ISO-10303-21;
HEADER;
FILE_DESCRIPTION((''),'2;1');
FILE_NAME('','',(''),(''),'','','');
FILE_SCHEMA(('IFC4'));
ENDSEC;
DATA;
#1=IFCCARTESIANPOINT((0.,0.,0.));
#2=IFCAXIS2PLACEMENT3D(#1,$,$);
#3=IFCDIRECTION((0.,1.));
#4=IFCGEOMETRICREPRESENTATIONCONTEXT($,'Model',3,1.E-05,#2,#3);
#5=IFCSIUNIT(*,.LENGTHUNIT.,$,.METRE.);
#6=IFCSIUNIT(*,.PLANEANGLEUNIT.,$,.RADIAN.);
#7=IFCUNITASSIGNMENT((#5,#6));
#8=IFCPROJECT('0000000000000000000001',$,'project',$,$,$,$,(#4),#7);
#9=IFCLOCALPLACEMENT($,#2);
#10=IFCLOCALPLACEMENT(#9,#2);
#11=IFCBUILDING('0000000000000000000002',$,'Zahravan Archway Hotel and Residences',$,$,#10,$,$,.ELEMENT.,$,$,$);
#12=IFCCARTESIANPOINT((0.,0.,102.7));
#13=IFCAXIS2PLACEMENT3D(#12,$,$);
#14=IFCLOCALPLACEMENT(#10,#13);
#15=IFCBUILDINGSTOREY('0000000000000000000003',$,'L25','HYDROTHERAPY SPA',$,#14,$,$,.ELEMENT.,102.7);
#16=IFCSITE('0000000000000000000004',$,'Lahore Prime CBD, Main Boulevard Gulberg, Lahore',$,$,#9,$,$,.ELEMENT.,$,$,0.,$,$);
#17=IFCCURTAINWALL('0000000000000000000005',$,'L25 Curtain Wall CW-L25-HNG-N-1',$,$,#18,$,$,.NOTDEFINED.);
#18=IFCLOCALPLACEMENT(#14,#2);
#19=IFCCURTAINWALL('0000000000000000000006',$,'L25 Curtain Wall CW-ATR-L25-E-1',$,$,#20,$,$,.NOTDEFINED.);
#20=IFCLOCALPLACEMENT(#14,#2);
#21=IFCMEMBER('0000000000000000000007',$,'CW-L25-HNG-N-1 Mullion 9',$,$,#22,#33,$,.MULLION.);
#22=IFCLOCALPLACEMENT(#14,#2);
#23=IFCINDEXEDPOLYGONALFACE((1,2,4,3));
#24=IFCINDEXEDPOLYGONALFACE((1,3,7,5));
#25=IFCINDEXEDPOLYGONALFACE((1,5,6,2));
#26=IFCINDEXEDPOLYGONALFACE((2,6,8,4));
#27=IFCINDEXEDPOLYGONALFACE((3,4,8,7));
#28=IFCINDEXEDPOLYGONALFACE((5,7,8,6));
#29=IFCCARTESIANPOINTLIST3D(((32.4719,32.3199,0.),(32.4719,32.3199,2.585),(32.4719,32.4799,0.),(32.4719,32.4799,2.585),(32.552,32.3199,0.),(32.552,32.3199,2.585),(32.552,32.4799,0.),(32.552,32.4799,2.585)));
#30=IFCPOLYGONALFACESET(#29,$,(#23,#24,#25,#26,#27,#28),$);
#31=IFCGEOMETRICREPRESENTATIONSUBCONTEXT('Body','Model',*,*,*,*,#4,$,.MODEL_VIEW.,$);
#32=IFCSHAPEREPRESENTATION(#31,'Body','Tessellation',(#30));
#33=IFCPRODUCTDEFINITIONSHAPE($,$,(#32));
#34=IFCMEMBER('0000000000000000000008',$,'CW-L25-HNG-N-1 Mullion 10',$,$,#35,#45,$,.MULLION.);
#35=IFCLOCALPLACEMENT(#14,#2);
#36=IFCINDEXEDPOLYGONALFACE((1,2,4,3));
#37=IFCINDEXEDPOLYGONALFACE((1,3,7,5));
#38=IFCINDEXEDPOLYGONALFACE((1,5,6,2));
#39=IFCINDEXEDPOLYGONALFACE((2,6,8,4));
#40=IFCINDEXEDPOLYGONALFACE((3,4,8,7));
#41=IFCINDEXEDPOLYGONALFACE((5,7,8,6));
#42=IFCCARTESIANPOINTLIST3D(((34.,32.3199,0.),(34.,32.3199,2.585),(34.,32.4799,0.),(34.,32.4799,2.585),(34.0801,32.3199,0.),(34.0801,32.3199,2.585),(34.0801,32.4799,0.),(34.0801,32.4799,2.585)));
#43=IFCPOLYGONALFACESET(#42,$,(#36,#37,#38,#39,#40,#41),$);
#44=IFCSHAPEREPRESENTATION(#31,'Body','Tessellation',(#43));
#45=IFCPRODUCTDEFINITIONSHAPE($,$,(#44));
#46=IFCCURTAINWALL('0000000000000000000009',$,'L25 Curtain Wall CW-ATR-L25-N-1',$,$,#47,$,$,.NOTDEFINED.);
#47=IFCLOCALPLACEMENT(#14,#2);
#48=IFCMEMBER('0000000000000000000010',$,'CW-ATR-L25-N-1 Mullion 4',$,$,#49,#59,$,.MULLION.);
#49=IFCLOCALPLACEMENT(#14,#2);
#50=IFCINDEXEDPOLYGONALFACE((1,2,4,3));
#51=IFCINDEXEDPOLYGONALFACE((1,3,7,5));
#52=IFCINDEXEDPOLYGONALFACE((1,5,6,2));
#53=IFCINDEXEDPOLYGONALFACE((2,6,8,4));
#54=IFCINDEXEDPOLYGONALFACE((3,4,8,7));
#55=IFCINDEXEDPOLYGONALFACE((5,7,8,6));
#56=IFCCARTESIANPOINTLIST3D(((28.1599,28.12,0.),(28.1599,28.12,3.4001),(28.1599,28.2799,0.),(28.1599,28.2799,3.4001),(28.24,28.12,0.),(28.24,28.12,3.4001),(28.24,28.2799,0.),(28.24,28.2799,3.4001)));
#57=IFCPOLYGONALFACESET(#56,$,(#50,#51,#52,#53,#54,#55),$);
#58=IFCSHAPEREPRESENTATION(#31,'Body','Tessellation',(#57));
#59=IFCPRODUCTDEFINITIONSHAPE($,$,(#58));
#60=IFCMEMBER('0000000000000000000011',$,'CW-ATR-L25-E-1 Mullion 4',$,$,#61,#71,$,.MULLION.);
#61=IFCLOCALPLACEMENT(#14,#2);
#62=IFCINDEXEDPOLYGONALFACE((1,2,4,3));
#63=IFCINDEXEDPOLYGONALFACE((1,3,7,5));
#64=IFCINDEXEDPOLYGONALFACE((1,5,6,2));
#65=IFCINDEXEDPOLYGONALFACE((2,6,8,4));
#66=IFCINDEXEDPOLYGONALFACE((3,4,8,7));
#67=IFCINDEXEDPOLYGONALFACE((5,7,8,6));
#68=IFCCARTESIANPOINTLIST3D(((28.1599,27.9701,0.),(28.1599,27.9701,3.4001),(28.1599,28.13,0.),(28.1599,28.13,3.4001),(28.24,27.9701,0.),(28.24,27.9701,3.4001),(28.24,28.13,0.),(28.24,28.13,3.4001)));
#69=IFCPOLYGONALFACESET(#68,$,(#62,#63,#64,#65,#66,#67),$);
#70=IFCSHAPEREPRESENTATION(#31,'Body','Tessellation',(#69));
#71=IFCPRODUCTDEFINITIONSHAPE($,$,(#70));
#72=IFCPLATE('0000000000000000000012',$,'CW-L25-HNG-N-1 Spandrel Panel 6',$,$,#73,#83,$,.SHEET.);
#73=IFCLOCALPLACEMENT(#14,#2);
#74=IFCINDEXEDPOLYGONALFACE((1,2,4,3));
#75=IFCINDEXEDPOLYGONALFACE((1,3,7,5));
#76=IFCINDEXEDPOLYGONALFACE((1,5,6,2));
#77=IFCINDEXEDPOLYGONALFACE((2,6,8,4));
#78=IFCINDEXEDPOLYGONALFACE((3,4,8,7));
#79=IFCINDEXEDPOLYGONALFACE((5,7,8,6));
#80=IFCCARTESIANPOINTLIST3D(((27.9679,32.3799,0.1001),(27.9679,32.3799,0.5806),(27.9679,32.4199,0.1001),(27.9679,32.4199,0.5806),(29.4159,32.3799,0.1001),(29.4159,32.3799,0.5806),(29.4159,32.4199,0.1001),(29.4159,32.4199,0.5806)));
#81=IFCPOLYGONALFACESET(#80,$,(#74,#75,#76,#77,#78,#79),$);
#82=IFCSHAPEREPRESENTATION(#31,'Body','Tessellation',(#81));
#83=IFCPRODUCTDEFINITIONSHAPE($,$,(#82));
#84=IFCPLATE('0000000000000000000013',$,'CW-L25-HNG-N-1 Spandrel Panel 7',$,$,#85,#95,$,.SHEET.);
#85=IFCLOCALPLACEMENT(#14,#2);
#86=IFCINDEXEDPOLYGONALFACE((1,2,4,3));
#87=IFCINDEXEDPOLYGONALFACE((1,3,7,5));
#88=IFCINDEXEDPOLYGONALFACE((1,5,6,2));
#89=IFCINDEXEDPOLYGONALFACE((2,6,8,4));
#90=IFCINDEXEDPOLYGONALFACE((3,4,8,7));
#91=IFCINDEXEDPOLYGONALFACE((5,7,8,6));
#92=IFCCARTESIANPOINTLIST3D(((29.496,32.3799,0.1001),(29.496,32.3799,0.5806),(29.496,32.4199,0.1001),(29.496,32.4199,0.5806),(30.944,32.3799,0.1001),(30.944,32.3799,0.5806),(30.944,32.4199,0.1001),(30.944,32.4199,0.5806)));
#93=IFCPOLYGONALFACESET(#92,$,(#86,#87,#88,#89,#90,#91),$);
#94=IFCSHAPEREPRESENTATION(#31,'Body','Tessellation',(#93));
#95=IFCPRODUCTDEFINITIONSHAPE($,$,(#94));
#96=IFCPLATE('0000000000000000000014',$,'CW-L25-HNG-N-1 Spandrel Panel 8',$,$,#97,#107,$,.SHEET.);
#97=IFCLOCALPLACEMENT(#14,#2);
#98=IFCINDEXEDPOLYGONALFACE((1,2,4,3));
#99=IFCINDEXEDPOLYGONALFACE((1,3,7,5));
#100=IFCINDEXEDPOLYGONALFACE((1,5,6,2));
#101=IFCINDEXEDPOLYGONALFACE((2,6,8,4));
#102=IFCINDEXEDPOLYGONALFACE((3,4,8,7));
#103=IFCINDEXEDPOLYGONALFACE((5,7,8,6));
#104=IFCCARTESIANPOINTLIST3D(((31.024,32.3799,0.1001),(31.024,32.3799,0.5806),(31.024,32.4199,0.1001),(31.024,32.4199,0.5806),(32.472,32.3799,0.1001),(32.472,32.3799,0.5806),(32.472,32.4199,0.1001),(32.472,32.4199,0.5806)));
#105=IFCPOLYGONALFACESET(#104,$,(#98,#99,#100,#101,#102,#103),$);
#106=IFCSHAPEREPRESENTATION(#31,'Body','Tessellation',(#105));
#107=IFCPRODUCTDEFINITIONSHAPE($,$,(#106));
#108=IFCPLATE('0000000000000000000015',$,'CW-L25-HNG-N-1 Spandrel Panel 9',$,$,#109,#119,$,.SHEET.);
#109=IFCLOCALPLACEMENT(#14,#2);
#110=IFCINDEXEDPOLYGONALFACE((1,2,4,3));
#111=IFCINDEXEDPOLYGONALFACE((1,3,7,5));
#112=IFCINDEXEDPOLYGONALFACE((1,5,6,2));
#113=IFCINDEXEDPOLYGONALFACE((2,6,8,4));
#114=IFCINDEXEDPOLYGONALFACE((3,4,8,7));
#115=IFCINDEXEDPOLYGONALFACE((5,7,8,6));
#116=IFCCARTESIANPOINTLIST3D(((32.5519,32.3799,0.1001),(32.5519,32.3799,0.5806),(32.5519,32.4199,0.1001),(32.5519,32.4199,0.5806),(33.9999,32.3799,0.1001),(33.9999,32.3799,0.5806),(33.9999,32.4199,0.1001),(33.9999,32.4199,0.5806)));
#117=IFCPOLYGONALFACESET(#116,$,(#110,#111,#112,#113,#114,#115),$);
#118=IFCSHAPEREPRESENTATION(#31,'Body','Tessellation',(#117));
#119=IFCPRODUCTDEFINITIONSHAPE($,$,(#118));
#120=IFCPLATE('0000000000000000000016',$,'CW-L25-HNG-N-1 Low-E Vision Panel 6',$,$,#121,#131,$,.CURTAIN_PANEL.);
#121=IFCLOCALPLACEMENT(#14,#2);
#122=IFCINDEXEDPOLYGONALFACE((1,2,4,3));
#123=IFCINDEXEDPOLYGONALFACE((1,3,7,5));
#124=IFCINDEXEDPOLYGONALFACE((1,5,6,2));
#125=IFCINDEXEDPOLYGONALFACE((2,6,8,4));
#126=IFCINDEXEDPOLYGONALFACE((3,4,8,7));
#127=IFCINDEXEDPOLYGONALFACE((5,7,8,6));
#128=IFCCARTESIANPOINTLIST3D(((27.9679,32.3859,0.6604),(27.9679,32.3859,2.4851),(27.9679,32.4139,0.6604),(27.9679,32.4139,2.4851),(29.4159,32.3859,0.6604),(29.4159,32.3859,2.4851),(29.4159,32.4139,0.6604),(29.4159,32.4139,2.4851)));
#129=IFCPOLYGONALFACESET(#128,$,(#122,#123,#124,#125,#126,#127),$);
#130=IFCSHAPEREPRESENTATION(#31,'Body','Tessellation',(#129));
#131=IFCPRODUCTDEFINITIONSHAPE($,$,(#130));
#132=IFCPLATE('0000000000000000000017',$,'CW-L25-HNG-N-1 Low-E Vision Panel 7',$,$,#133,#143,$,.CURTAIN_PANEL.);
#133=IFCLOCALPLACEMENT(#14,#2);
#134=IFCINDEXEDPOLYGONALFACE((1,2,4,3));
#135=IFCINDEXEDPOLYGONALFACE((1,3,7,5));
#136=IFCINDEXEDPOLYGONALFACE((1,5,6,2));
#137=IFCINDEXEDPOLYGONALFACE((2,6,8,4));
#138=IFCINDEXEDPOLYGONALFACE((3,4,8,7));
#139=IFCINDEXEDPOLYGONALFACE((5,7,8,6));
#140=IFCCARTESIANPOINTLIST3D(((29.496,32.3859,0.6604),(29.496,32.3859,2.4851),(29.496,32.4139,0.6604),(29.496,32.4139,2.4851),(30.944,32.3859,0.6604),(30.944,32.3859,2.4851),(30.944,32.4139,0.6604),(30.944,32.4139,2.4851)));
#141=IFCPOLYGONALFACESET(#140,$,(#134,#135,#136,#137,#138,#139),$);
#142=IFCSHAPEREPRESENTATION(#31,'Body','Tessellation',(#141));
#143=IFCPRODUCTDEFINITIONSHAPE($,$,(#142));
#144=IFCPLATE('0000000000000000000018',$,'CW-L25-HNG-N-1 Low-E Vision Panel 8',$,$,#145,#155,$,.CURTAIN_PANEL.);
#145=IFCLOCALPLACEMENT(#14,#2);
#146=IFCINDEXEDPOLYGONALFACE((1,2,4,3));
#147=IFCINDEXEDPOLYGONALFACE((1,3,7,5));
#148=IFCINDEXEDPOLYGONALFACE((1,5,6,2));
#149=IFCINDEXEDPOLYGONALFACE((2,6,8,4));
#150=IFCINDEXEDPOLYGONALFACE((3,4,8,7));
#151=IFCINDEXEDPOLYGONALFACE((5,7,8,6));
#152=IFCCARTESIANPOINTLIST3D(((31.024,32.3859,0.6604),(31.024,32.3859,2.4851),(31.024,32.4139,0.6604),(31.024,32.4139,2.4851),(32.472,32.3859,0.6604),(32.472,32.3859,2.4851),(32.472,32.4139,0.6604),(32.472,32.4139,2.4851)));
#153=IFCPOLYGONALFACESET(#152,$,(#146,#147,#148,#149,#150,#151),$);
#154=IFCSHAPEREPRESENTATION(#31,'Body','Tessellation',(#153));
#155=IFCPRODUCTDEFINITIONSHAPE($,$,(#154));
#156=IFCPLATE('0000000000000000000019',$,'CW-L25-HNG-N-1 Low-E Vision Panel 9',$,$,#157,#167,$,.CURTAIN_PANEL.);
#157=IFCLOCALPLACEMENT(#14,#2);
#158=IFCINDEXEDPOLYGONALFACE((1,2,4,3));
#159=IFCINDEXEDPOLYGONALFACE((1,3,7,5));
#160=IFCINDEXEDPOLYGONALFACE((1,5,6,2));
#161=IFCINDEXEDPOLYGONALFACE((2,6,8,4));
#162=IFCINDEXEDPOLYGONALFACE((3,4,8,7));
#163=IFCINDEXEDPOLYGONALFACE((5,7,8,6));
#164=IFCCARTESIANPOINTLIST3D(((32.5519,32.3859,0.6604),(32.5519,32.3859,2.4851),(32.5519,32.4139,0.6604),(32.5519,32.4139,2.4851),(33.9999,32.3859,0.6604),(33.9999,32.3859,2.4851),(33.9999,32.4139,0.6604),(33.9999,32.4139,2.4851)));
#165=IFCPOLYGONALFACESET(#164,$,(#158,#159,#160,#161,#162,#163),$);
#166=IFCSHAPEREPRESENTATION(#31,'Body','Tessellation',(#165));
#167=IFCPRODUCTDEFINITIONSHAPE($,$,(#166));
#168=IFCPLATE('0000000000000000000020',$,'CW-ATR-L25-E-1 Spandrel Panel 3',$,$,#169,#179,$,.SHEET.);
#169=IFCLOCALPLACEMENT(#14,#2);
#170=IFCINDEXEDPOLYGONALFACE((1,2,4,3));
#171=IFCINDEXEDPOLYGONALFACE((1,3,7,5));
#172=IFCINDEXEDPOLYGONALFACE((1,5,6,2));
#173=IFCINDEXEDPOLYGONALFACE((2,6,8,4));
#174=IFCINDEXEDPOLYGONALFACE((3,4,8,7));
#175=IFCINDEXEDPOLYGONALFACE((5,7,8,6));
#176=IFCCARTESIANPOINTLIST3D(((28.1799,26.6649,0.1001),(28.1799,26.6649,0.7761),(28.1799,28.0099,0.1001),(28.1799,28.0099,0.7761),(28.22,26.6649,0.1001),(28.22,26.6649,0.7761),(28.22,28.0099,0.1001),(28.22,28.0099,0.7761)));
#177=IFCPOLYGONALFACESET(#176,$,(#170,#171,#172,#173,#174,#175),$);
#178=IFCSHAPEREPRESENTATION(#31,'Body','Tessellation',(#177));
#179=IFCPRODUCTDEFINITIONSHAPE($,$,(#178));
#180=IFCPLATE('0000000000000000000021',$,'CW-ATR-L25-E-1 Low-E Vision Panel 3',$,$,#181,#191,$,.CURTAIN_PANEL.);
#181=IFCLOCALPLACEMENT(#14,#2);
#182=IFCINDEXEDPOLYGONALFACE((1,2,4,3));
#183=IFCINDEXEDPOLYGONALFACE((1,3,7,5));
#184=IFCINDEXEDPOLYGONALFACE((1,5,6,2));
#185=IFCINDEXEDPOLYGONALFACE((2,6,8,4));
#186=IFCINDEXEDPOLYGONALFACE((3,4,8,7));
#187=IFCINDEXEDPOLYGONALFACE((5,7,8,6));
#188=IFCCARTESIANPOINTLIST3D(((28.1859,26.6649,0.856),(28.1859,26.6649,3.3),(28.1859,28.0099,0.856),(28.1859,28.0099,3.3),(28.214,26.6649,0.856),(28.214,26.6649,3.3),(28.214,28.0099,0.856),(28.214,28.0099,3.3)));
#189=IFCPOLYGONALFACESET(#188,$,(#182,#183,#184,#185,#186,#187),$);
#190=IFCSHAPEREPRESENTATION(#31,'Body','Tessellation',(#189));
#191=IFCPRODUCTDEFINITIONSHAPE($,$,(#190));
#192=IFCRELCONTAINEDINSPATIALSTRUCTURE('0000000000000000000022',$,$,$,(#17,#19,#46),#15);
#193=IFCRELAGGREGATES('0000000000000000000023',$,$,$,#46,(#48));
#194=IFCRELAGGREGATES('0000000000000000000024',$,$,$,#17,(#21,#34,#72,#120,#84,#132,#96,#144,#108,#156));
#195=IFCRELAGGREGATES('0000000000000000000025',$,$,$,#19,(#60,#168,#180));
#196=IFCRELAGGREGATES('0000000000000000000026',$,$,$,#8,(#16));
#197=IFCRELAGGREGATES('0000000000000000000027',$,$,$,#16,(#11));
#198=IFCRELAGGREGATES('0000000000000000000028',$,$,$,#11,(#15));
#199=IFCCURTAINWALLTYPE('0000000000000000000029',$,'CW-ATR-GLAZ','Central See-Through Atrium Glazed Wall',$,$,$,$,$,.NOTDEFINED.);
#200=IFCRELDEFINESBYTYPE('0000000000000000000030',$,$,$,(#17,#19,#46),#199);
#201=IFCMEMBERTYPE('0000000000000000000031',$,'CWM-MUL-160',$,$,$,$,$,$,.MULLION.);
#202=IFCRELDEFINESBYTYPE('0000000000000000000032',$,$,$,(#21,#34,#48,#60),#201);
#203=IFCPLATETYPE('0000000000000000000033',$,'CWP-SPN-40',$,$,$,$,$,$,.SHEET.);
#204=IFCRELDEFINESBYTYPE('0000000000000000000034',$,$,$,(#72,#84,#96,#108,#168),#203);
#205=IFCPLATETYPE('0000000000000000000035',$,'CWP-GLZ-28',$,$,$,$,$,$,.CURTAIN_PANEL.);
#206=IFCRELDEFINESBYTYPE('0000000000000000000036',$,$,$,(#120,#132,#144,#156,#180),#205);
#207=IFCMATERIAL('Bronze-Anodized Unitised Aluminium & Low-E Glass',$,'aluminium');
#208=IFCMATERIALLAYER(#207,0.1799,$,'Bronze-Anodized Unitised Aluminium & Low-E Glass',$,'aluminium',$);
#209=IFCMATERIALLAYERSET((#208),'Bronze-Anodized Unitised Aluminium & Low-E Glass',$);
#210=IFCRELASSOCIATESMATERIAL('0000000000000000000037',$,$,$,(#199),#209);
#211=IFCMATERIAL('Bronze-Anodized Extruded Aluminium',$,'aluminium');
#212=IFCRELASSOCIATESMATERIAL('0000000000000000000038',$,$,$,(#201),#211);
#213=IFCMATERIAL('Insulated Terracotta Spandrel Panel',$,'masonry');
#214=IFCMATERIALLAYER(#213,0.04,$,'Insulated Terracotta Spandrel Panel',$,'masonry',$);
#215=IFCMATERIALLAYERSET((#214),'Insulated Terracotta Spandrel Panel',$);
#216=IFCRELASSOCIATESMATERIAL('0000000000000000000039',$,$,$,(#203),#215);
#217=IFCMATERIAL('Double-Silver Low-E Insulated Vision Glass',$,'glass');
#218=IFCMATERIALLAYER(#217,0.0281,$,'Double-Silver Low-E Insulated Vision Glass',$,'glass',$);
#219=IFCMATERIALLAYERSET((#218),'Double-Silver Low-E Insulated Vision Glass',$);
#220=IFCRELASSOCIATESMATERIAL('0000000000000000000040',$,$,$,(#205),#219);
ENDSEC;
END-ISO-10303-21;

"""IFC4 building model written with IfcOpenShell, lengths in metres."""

from ifc_helpers import new_model, si_unit, direction, frame, origin, origin_2d, place, context, subcontext, project, spatial, rectangle, extrude, source, transform, mapped, material, layer, layer_set, material_profile, profile_set, type_object, element, aggregate, save


model = new_model("IFC4")

# Units and contexts
model_context = context("Model", 3, precision=1e-05, world=origin(), true_north=direction((0.0, 1.0)))
body_context = subcontext(model_context, "Body", "Model", "MODEL_VIEW")
ifc_project = project(units=[si_unit("LENGTHUNIT", "METRE"), si_unit("PLANEANGLEUNIT", "RADIAN")], contexts=[model_context])

# Site, building, storey
site_placement = place(None, origin())
site = spatial("IfcSite", under=ifc_project, at=site_placement, Name="Lahore Prime CBD, Main Boulevard Gulberg, Lahore", CompositionType="ELEMENT", RefElevation=0.0)
building_placement = place(site_placement, origin())
building = spatial("IfcBuilding", under=site, at=building_placement, Name="Zahravan Archway Hotel and Residences", CompositionType="ELEMENT")
storey_placement = place(building_placement, frame((0.0, 0.0, 102.7)))
storey = spatial("IfcBuildingStorey", under=building, at=storey_placement, Name="L25", Description="HYDROTHERAPY SPA", CompositionType="ELEMENT", Elevation=102.7)

# Curtain walls
ifc_material_1 = material(Name="Bronze-Anodized Unitised Aluminium & Low-E Glass", Category="aluminium")
ifc_layer_1 = layer(ifc_material_1, 0.1799, Name="Bronze-Anodized Unitised Aluminium & Low-E Glass", Category="aluminium")
ifc_layer_set_1 = layer_set([ifc_layer_1], Name="Bronze-Anodized Unitised Aluminium & Low-E Glass")
curtain_wall_type = type_object("IfcCurtainWallType", Name="CW-ATR-GLAZ", Description="Central See-Through Atrium Glazed Wall", PredefinedType="NOTDEFINED", material=ifc_layer_set_1)
curtain_wall_1_placement = place(storey_placement, origin())
curtain_wall_1 = element("IfcCurtainWall", 1, at=curtain_wall_1_placement, inside=storey, type_object=curtain_wall_type, Name="L25 Curtain Wall CW-L25-HNG-N-1", PredefinedType="NOTDEFINED")
ifc_material_2 = material(Name="Bronze-Anodized Extruded Aluminium", Category="aluminium")
curtain_wall_2_placement = place(storey_placement, origin())
curtain_wall_2 = element("IfcCurtainWall", 2, at=curtain_wall_2_placement, inside=storey, type_object=curtain_wall_type, Name="L25 Curtain Wall CW-ATR-L25-E-1", PredefinedType="NOTDEFINED")

# Members
ifc_material_profile_1 = material_profile(ifc_material_2, rectangle(XDim=0.0801, YDim=0.1599, at=origin_2d()), Name="MUL 80x160", Category="aluminium")
ifc_profile_set_1 = profile_set([ifc_material_profile_1], Name="Bronze-Anodized Extruded Aluminium")
member_type_1 = type_object("IfcMemberType", Name="CWM-MUL-160", PredefinedType="MULLION", material=ifc_profile_set_1)
shared_shape_1 = source(origin(), body_context, "Body", "SweptSolid", [
    extrude(rectangle(XDim=0.0801, YDim=0.1599, at=origin_2d()), origin(), (0.0, 0.0, 1.0), 2.585),
])
member_1_placement = place(storey_placement, frame((32.512, 32.3999, 0.0), z_axis=(0.0, 0.0, 1.0), x_axis=(1.0, 0.0, 0.0)))
member_1 = element("IfcMember", 3, at=member_1_placement, type_object=member_type_1, Name="CW-L25-HNG-N-1 Mullion 9", PredefinedType="MULLION", context=body_context, shape_type="MappedRepresentation", body=[
    mapped(shared_shape_1, transform((0.0, 0.0, 0.0), scale=1.0)),
])
member_2_placement = place(storey_placement, frame((34.04, 32.3999, 0.0), z_axis=(0.0, 0.0, 1.0), x_axis=(1.0, 0.0, 0.0)))
member_2 = element("IfcMember", 4, at=member_2_placement, type_object=member_type_1, Name="CW-L25-HNG-N-1 Mullion 10", PredefinedType="MULLION", context=body_context, shape_type="MappedRepresentation", body=[
    mapped(shared_shape_1, transform((0.0, 0.0, 0.0), scale=1.0)),
])

# Curtain wall, member
curtain_wall_3_placement = place(storey_placement, origin())
curtain_wall_3 = element("IfcCurtainWall", 5, at=curtain_wall_3_placement, inside=storey, type_object=curtain_wall_type, Name="L25 Curtain Wall CW-ATR-L25-N-1", PredefinedType="NOTDEFINED")
shared_shape_2 = source(origin(), body_context, "Body", "SweptSolid", [
    extrude(rectangle(XDim=0.0801, YDim=0.1599, at=origin_2d()), origin(), (0.0, 0.0, 1.0), 3.4001),
])
member_3_placement = place(storey_placement, frame((28.2, 28.2, 0.0), z_axis=(0.0, 0.0, 1.0), x_axis=(1.0, 0.0, 0.0)))
member_3 = element("IfcMember", 6, at=member_3_placement, type_object=member_type_1, Name="CW-ATR-L25-N-1 Mullion 4", PredefinedType="MULLION", context=body_context, shape_type="MappedRepresentation", body=[
    mapped(shared_shape_2, transform((0.0, 0.0, 0.0), scale=1.0)),
])
aggregate(curtain_wall_3, [member_3])

# Member
member_4_placement = place(storey_placement, frame((28.2, 28.05, 0.0), z_axis=(0.0, 0.0, 1.0), x_axis=(1.0, 0.0, 0.0)))
member_4 = element("IfcMember", 7, at=member_4_placement, type_object=member_type_1, Name="CW-ATR-L25-E-1 Mullion 4", PredefinedType="MULLION", context=body_context, shape_type="MappedRepresentation", body=[
    mapped(shared_shape_2, transform((0.0, 0.0, 0.0), scale=1.0)),
])

# Plates
ifc_material_3 = material(Name="Insulated Terracotta Spandrel Panel", Category="masonry")
ifc_layer_2 = layer(ifc_material_3, 0.04, Name="Insulated Terracotta Spandrel Panel", Category="masonry")
ifc_layer_set_2 = layer_set([ifc_layer_2], Name="Insulated Terracotta Spandrel Panel")
plate_type_1 = type_object("IfcPlateType", Name="CWP-SPN-40", PredefinedType="SHEET", material=ifc_layer_set_2)
shared_shape_3 = source(origin(), body_context, "Body", "SweptSolid", [
    extrude(rectangle(XDim=1.448, YDim=0.04, at=origin_2d()), origin(), (0.0, 0.0, 1.0), 0.4805),
])
plate_1_placement = place(storey_placement, frame((28.6919, 32.3999, 0.1001), z_axis=(0.0, 0.0, 1.0), x_axis=(1.0, 0.0, 0.0)))
plate_1 = element("IfcPlate", 8, at=plate_1_placement, type_object=plate_type_1, Name="CW-L25-HNG-N-1 Spandrel Panel 6", PredefinedType="SHEET", context=body_context, shape_type="MappedRepresentation", body=[
    mapped(shared_shape_3, transform((0.0, 0.0, 0.0), scale=1.0)),
])
plate_2_placement = place(storey_placement, frame((30.22, 32.3999, 0.1001), z_axis=(0.0, 0.0, 1.0), x_axis=(1.0, 0.0, 0.0)))
plate_2 = element("IfcPlate", 9, at=plate_2_placement, type_object=plate_type_1, Name="CW-L25-HNG-N-1 Spandrel Panel 7", PredefinedType="SHEET", context=body_context, shape_type="MappedRepresentation", body=[
    mapped(shared_shape_3, transform((0.0, 0.0, 0.0), scale=1.0)),
])
plate_3_placement = place(storey_placement, frame((31.748, 32.3999, 0.1001), z_axis=(0.0, 0.0, 1.0), x_axis=(1.0, 0.0, 0.0)))
plate_3 = element("IfcPlate", 10, at=plate_3_placement, type_object=plate_type_1, Name="CW-L25-HNG-N-1 Spandrel Panel 8", PredefinedType="SHEET", context=body_context, shape_type="MappedRepresentation", body=[
    mapped(shared_shape_3, transform((0.0, 0.0, 0.0), scale=1.0)),
])
plate_4_placement = place(storey_placement, frame((33.2759, 32.3999, 0.1001), z_axis=(0.0, 0.0, 1.0), x_axis=(1.0, 0.0, 0.0)))
plate_4 = element("IfcPlate", 11, at=plate_4_placement, type_object=plate_type_1, Name="CW-L25-HNG-N-1 Spandrel Panel 9", PredefinedType="SHEET", context=body_context, shape_type="MappedRepresentation", body=[
    mapped(shared_shape_3, transform((0.0, 0.0, 0.0), scale=1.0)),
])
ifc_material_4 = material(Name="Double-Silver Low-E Insulated Vision Glass", Category="glass")
ifc_layer_3 = layer(ifc_material_4, 0.0281, Name="Double-Silver Low-E Insulated Vision Glass", Category="glass")
ifc_layer_set_3 = layer_set([ifc_layer_3], Name="Double-Silver Low-E Insulated Vision Glass")
plate_type_2 = type_object("IfcPlateType", Name="CWP-GLZ-28", PredefinedType="CURTAIN_PANEL", material=ifc_layer_set_3)
shared_shape_4 = source(origin(), body_context, "Body", "SweptSolid", [
    extrude(rectangle(XDim=1.448, YDim=0.0281, at=origin_2d()), origin(), (0.0, 0.0, 1.0), 1.8247),
])
plate_5_placement = place(storey_placement, frame((28.6919, 32.3999, 0.6604), z_axis=(0.0, 0.0, 1.0), x_axis=(1.0, 0.0, 0.0)))
plate_5 = element("IfcPlate", 12, at=plate_5_placement, type_object=plate_type_2, Name="CW-L25-HNG-N-1 Low-E Vision Panel 6", PredefinedType="CURTAIN_PANEL", context=body_context, shape_type="MappedRepresentation", body=[
    mapped(shared_shape_4, transform((0.0, 0.0, 0.0), scale=1.0)),
])
plate_6_placement = place(storey_placement, frame((30.22, 32.3999, 0.6604), z_axis=(0.0, 0.0, 1.0), x_axis=(1.0, 0.0, 0.0)))
plate_6 = element("IfcPlate", 13, at=plate_6_placement, type_object=plate_type_2, Name="CW-L25-HNG-N-1 Low-E Vision Panel 7", PredefinedType="CURTAIN_PANEL", context=body_context, shape_type="MappedRepresentation", body=[
    mapped(shared_shape_4, transform((0.0, 0.0, 0.0), scale=1.0)),
])
plate_7_placement = place(storey_placement, frame((31.748, 32.3999, 0.6604), z_axis=(0.0, 0.0, 1.0), x_axis=(1.0, 0.0, 0.0)))
plate_7 = element("IfcPlate", 14, at=plate_7_placement, type_object=plate_type_2, Name="CW-L25-HNG-N-1 Low-E Vision Panel 8", PredefinedType="CURTAIN_PANEL", context=body_context, shape_type="MappedRepresentation", body=[
    mapped(shared_shape_4, transform((0.0, 0.0, 0.0), scale=1.0)),
])
plate_8_placement = place(storey_placement, frame((33.2759, 32.3999, 0.6604), z_axis=(0.0, 0.0, 1.0), x_axis=(1.0, 0.0, 0.0)))
plate_8 = element("IfcPlate", 15, at=plate_8_placement, type_object=plate_type_2, Name="CW-L25-HNG-N-1 Low-E Vision Panel 9", PredefinedType="CURTAIN_PANEL", context=body_context, shape_type="MappedRepresentation", body=[
    mapped(shared_shape_4, transform((0.0, 0.0, 0.0), scale=1.0)),
])
aggregate(curtain_wall_1, [member_1, member_2, plate_1, plate_5, plate_2, plate_6, plate_3, plate_7, plate_4, plate_8])
shared_shape_5 = source(origin(), body_context, "Body", "SweptSolid", [
    extrude(rectangle(XDim=1.345, YDim=0.04, at=origin_2d()), origin(), (0.0, 0.0, 1.0), 0.676),
])
plate_9_placement = place(storey_placement, frame((28.2, 27.3374, 0.1001), z_axis=(0.0, 0.0, 1.0), x_axis=(0.0, 1.0, 0.0)))
plate_9 = element("IfcPlate", 16, at=plate_9_placement, type_object=plate_type_1, Name="CW-ATR-L25-E-1 Spandrel Panel 3", PredefinedType="SHEET", context=body_context, shape_type="MappedRepresentation", body=[
    mapped(shared_shape_5, transform((0.0, 0.0, 0.0), scale=1.0)),
])
shared_shape_6 = source(origin(), body_context, "Body", "SweptSolid", [
    extrude(rectangle(XDim=1.345, YDim=0.0281, at=origin_2d()), origin(), (0.0, 0.0, 1.0), 2.4441),
])
plate_10_placement = place(storey_placement, frame((28.2, 27.3374, 0.856), z_axis=(0.0, 0.0, 1.0), x_axis=(0.0, 1.0, 0.0)))
plate_10 = element("IfcPlate", 17, at=plate_10_placement, type_object=plate_type_2, Name="CW-ATR-L25-E-1 Low-E Vision Panel 3", PredefinedType="CURTAIN_PANEL", context=body_context, shape_type="MappedRepresentation", body=[
    mapped(shared_shape_6, transform((0.0, 0.0, 0.0), scale=1.0)),
])
aggregate(curtain_wall_2, [member_4, plate_9, plate_10])

save(model, "model.ifc")
